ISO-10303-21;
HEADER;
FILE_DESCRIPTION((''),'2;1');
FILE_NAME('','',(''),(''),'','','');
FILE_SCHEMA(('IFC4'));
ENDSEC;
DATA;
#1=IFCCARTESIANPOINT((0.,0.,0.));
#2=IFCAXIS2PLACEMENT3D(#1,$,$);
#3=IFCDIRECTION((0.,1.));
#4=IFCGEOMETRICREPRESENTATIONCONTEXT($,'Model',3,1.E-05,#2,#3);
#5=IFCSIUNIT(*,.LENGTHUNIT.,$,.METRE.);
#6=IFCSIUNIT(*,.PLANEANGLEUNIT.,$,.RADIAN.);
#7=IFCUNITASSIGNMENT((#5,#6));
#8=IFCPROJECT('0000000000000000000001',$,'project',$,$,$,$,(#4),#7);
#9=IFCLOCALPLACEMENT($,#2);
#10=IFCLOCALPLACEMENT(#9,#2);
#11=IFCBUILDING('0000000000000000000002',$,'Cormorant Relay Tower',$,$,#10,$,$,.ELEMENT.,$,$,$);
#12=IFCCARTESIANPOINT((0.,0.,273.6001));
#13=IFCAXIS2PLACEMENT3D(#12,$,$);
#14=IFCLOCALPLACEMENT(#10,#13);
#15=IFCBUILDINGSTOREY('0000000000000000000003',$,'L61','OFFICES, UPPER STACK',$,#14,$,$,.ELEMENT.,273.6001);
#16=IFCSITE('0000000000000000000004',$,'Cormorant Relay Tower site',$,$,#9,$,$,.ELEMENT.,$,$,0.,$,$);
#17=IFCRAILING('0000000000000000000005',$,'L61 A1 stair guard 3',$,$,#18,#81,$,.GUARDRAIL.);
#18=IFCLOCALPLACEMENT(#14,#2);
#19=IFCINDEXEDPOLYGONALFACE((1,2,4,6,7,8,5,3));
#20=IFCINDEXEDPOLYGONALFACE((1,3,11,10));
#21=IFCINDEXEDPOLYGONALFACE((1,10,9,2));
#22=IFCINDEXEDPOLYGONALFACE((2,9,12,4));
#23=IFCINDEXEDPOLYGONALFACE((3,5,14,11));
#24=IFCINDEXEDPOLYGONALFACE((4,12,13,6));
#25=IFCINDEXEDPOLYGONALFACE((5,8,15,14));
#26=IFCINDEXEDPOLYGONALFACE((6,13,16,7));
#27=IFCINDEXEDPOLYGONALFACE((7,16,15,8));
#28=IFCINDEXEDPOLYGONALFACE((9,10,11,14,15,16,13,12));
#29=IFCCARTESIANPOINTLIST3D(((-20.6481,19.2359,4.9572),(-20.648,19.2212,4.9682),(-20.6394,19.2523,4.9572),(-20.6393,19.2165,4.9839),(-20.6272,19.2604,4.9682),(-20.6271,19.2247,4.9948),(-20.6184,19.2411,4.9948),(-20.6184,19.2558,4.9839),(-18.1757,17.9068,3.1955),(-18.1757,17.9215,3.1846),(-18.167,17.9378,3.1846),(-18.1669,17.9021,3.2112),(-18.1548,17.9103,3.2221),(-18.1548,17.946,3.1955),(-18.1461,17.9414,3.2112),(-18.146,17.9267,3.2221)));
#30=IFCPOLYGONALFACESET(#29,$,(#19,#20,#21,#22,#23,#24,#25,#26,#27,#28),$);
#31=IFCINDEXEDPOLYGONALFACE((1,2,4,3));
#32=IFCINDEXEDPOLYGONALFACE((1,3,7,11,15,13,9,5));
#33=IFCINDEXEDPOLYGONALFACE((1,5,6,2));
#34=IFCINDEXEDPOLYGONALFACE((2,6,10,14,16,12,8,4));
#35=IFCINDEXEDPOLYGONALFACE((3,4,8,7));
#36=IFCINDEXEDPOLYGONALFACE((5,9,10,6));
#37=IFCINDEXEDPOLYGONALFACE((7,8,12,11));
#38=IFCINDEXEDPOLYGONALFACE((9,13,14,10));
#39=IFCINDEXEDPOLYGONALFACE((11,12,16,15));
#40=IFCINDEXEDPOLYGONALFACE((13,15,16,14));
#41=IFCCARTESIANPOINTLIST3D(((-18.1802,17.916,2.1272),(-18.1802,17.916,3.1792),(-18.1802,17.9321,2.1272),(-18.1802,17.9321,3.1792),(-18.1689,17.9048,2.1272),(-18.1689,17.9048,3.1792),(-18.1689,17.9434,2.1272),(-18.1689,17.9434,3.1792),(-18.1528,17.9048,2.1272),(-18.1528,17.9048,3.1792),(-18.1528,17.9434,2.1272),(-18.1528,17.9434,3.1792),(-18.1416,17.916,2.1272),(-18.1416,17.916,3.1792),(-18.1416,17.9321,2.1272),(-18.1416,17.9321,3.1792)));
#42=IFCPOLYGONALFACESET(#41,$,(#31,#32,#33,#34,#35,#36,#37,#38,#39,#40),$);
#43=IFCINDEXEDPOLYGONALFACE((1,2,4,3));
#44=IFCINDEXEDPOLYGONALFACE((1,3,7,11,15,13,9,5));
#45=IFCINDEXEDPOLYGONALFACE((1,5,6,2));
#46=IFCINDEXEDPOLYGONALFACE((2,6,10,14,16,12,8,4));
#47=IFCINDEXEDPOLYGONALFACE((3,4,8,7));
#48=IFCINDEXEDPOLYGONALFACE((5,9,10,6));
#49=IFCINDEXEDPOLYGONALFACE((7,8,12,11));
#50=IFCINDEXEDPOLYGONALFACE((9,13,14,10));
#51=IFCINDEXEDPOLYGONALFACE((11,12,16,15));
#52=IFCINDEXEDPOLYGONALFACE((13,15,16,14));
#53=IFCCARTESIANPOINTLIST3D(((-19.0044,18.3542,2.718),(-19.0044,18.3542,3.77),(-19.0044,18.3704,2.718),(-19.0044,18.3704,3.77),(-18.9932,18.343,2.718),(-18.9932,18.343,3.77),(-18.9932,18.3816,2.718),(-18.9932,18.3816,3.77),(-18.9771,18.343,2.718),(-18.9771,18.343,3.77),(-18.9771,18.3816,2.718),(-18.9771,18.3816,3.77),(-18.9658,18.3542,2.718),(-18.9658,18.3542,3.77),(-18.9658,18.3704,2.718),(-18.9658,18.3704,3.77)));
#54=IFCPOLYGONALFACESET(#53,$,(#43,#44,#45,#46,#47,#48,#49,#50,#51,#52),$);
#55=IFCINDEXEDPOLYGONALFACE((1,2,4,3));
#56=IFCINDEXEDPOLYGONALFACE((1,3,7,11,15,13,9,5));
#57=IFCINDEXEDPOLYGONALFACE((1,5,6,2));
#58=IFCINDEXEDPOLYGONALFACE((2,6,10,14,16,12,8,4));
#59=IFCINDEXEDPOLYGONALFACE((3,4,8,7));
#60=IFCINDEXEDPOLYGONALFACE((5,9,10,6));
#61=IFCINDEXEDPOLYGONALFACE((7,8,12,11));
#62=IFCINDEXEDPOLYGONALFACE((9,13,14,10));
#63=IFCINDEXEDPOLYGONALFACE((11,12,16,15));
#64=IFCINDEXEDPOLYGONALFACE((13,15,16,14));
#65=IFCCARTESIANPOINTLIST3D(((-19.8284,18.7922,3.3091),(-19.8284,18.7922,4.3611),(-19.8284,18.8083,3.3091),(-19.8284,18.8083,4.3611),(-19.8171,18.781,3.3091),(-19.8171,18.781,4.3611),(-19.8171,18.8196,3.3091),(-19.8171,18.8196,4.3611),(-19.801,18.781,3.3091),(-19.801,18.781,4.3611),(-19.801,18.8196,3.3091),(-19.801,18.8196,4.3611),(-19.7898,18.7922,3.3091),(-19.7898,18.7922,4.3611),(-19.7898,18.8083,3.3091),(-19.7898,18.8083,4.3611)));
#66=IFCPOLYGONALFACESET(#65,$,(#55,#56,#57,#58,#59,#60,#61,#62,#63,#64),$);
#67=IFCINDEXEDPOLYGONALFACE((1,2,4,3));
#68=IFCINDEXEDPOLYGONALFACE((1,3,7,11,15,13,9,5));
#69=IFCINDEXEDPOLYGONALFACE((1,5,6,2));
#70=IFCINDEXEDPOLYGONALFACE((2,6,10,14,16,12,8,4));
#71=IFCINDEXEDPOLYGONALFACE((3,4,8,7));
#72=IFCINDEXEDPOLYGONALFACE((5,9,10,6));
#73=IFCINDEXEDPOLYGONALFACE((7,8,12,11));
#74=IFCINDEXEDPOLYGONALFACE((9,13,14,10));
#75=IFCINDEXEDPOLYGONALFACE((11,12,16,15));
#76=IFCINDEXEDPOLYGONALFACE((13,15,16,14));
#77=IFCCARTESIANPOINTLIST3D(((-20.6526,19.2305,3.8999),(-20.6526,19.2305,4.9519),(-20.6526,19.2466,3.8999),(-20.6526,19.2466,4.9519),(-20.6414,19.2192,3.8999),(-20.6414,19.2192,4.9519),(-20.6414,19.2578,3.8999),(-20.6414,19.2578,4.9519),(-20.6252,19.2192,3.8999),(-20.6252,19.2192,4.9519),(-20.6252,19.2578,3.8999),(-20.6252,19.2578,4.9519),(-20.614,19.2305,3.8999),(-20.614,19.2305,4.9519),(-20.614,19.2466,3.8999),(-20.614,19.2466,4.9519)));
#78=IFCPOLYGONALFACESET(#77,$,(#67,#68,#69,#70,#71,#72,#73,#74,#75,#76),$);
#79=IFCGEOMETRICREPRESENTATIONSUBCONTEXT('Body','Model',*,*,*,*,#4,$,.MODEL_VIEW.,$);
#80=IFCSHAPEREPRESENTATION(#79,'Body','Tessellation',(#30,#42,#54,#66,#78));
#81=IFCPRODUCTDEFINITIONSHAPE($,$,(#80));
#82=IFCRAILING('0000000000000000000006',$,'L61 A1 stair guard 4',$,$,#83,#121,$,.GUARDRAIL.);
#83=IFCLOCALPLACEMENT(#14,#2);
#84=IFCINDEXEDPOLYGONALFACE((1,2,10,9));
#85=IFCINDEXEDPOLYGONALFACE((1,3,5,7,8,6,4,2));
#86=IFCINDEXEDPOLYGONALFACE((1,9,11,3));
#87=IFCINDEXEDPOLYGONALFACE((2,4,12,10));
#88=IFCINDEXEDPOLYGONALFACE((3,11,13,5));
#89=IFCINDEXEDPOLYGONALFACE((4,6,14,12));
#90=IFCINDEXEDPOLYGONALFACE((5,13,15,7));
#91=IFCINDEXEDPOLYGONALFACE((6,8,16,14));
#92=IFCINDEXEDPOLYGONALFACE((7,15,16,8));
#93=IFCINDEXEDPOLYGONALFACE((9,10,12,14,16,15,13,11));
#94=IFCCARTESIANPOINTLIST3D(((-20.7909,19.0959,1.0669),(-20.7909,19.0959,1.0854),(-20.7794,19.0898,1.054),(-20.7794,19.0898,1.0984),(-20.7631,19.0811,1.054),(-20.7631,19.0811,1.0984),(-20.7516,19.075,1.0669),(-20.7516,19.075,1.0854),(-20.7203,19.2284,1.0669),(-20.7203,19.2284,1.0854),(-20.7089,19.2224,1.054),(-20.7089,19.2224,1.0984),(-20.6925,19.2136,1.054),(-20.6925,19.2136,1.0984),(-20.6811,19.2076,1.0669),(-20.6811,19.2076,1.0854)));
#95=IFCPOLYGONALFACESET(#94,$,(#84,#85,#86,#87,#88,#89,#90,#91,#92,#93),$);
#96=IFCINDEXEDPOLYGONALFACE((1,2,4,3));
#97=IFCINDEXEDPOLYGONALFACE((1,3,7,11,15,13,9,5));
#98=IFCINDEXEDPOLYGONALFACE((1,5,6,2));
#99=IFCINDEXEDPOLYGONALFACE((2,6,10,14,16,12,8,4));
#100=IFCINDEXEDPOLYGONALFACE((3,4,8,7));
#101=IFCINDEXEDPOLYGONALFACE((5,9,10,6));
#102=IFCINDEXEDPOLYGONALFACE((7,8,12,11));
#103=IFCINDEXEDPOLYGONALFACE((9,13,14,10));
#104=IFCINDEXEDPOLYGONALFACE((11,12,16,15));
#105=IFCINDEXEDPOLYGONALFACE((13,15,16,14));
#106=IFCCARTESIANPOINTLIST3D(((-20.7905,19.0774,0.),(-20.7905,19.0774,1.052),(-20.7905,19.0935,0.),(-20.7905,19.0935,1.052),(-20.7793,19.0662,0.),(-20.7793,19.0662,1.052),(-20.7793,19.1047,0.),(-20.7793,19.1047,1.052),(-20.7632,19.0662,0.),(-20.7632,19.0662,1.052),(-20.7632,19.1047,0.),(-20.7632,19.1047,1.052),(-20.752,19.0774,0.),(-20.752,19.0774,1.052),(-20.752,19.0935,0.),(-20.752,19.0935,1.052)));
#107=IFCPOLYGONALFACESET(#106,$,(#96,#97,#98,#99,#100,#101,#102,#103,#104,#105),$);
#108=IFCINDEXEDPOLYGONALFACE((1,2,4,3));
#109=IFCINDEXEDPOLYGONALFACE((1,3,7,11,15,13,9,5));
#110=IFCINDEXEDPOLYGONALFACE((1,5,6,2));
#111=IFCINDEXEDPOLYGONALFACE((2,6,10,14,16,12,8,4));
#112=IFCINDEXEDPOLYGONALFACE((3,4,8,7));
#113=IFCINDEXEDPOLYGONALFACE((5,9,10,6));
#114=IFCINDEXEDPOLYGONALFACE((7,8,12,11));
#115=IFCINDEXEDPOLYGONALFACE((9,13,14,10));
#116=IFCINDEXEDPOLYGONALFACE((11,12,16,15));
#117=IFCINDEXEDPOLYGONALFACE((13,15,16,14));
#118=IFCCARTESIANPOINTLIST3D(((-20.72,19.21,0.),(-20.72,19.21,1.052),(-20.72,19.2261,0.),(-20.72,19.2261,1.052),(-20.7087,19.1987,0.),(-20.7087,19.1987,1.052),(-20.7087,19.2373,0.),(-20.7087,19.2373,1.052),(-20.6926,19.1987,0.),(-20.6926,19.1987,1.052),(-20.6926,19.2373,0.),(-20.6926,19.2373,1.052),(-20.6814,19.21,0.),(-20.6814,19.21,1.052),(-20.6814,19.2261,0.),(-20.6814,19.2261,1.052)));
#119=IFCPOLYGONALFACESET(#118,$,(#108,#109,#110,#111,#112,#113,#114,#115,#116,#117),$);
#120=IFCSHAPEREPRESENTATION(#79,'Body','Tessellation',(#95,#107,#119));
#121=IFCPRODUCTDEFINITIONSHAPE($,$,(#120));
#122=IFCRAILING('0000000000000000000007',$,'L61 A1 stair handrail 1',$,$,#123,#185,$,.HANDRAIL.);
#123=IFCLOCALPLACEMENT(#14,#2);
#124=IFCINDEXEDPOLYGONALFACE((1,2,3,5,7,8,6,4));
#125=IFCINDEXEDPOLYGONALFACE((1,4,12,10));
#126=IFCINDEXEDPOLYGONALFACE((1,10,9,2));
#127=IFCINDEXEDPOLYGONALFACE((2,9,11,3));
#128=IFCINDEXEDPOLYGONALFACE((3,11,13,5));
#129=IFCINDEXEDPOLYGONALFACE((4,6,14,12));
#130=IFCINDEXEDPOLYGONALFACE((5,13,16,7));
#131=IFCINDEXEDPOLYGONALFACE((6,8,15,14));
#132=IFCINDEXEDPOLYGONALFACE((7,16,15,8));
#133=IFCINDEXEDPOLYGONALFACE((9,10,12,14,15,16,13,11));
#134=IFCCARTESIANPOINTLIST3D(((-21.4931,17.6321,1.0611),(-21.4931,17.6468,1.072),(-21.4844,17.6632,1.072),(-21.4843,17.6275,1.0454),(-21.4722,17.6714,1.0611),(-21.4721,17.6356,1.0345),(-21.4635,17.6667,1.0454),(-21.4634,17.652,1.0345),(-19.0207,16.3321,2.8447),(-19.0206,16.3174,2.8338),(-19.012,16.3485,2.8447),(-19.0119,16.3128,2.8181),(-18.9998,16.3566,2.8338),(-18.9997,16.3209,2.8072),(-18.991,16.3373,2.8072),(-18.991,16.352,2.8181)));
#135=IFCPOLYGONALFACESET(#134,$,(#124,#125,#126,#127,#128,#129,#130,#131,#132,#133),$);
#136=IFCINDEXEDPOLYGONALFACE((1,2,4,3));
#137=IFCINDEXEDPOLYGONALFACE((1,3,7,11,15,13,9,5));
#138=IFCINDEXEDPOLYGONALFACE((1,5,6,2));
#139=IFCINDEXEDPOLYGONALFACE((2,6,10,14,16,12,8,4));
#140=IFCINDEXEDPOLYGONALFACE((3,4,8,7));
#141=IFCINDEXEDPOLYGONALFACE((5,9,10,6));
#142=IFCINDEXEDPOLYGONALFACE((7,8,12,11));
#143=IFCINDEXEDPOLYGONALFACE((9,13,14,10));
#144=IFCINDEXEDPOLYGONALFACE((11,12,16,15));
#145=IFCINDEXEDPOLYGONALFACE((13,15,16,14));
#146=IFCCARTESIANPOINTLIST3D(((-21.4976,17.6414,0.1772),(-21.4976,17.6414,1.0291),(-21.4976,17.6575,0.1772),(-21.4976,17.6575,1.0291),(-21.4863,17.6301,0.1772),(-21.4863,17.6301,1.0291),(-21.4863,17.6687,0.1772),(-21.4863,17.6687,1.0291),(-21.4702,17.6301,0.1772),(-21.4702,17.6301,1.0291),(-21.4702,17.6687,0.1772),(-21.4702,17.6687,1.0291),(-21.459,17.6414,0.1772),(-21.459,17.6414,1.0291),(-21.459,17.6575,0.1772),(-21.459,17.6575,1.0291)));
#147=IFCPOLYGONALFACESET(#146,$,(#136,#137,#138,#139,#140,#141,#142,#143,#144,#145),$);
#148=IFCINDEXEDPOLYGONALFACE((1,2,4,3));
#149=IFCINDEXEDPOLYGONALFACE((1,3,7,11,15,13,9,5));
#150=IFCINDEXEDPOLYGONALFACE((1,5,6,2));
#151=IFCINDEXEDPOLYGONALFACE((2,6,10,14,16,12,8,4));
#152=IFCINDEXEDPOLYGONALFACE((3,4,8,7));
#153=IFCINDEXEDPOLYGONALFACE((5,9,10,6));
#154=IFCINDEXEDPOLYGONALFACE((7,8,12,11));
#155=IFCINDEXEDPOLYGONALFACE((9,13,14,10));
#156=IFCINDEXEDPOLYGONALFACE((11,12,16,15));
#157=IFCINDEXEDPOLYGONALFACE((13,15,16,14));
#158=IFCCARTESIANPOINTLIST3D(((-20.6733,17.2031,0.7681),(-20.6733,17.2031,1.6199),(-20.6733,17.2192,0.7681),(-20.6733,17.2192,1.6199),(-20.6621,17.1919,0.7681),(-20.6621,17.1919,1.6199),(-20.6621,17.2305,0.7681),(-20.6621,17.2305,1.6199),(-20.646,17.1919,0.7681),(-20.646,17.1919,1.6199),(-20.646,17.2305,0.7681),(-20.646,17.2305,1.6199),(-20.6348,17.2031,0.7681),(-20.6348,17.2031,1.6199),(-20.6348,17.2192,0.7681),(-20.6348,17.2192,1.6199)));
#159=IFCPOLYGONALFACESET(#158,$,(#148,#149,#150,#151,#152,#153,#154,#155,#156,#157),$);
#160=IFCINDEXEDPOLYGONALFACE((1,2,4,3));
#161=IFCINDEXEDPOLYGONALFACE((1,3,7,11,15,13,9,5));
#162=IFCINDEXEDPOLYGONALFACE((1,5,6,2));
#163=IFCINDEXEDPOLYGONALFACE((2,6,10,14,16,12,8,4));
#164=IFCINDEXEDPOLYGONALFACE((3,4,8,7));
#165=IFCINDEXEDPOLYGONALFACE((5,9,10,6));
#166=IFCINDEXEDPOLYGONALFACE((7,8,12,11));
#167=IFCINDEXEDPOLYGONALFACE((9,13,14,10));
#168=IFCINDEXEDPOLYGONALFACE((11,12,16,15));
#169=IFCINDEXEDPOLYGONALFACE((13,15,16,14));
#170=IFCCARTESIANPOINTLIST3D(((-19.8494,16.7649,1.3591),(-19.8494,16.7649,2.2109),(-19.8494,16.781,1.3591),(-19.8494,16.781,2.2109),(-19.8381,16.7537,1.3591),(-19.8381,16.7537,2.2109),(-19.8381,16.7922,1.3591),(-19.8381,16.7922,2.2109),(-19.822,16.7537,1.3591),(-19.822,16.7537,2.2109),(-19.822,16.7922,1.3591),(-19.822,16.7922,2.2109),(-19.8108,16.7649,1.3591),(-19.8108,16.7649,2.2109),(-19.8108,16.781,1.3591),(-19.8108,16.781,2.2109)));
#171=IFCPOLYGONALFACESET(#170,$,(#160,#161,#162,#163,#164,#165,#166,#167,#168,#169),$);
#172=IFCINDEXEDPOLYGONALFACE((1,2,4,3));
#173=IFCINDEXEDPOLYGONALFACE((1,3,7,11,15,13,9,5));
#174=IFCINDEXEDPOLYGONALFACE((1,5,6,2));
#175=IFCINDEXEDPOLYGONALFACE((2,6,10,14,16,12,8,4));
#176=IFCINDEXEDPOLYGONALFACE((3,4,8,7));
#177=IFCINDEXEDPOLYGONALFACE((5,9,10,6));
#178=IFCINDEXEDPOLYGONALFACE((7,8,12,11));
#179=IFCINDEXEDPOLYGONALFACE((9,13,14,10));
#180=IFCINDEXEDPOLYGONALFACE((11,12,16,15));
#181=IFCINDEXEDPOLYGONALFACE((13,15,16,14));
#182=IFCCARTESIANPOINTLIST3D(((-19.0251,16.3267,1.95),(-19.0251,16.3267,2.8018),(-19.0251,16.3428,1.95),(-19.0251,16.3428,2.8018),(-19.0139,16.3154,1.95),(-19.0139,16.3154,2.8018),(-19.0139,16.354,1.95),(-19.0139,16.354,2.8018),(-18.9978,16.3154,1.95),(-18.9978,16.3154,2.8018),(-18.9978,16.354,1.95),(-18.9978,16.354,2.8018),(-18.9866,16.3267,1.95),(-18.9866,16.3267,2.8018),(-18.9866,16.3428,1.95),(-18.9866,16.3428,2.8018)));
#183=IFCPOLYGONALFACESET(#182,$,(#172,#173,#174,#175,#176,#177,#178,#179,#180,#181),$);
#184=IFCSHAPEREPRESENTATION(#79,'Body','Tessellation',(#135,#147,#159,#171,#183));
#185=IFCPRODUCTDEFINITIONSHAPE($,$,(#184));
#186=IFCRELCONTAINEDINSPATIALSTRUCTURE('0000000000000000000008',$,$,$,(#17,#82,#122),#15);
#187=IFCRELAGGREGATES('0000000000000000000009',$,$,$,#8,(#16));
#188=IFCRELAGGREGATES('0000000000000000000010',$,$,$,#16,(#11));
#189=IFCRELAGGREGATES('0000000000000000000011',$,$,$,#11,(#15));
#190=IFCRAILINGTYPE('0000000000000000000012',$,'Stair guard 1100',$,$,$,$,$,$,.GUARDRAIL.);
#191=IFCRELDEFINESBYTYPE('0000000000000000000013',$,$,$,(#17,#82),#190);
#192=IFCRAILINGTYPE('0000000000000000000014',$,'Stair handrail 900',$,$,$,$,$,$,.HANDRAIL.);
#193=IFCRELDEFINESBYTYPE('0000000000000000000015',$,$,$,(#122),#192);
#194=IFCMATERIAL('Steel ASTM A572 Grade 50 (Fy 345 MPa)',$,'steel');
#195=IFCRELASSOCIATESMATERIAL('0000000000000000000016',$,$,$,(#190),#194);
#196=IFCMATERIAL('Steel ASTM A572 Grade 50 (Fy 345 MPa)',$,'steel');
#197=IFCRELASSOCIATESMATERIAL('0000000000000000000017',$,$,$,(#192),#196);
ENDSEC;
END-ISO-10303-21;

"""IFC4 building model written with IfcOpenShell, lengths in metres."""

from ifc_helpers import new_model, si_unit, direction, frame, origin, place, context, subcontext, project, spatial, polyline, outline, extrude, material, type_object, element, save


model = new_model("IFC4")

# Units and contexts
model_context = context("Model", 3, precision=1e-05, world=origin(), true_north=direction((0.0, 1.0)))
body_context = subcontext(model_context, "Body", "Model", "MODEL_VIEW")
ifc_project = project(units=[si_unit("LENGTHUNIT", "METRE"), si_unit("PLANEANGLEUNIT", "RADIAN")], contexts=[model_context])

# Site, building, storey
site_placement = place(None, origin())
site = spatial("IfcSite", under=ifc_project, at=site_placement, Name="Cormorant Relay Tower site", CompositionType="ELEMENT", RefElevation=0.0)
building_placement = place(site_placement, origin())
building = spatial("IfcBuilding", under=site, at=building_placement, Name="Cormorant Relay Tower", CompositionType="ELEMENT")
storey_placement = place(building_placement, frame((0.0, 0.0, 273.6001)))
storey = spatial("IfcBuildingStorey", under=building, at=storey_placement, Name="L61", Description="OFFICES, UPPER STACK", CompositionType="ELEMENT", Elevation=273.6001)

# Railings
ifc_material_1 = material(Name="Steel ASTM A572 Grade 50 (Fy 345 MPa)", Category="steel")
railing_type_1 = type_object("IfcRailingType", Name="Stair guard 1100", PredefinedType="GUARDRAIL", material=ifc_material_1)
railing_1_placement = place(storey_placement, frame((-18.1609, 17.9241, 2.1272)))
element("IfcRailing", 1, at=railing_1_placement, inside=storey, type_object=railing_type_1, Name="L61 A1 stair guard 3", PredefinedType="GUARDRAIL", context=body_context, shape_type="SweptSolid", body=[
    extrude(outline(polyline([(0.0222, 0.0093), (0.0093, 0.0222), (-0.0093, 0.0222), (-0.0222, 0.0093), (-0.0222, -0.0093), (-0.0093, -0.0222), (0.0093, -0.0222), (0.0222, -0.0093), (0.0222, 0.0093)])), frame((0.0, 0.0, 1.0762), z_axis=(-0.746034, 0.396627, 0.534902), x_axis=(-0.469429, -0.88297, 0.0)), (0.0, 0.0, 1.0), 3.314),
    extrude(outline(polyline([(0.0193, 0.0081), (0.0081, 0.0193), (-0.0081, 0.0193), (-0.0193, 0.0081), (-0.0193, -0.0081), (-0.0081, -0.0193), (0.0081, -0.0193), (0.0193, -0.0081), (0.0193, 0.0081)])), origin(), (0.0, 0.0, 1.0), 1.052),
    extrude(outline(polyline([(0.0193, 0.0081), (0.0081, 0.0193), (-0.0081, 0.0193), (-0.0193, 0.0081), (-0.0193, -0.0081), (-0.0081, -0.0193), (0.0081, -0.0193), (0.0193, -0.0081), (0.0193, 0.0081)])), frame((-0.8242, 0.4382, 0.5908)), (0.0, 0.0, 1.0), 1.052),
    extrude(outline(polyline([(0.0193, 0.0081), (0.0081, 0.0193), (-0.0081, 0.0193), (-0.0193, 0.0081), (-0.0193, -0.0081), (-0.0081, -0.0193), (0.0081, -0.0193), (0.0193, -0.0081), (0.0193, 0.0081)])), frame((-1.6482, 0.8762, 1.1819)), (0.0, 0.0, 1.0), 1.052),
    extrude(outline(polyline([(0.0193, 0.0081), (0.0081, 0.0193), (-0.0081, 0.0193), (-0.0193, 0.0081), (-0.0193, -0.0081), (-0.0081, -0.0193), (0.0081, -0.0193), (0.0193, -0.0081), (0.0193, 0.0081)])), frame((-2.4724, 1.3145, 1.7727)), (0.0, 0.0, 1.0), 1.052),
])
railing_2_placement = place(storey_placement, frame((-20.7712, 19.0854, 0.0)))
element("IfcRailing", 2, at=railing_2_placement, inside=storey, type_object=railing_type_1, Name="L61 A1 stair guard 4", PredefinedType="GUARDRAIL", context=body_context, shape_type="SweptSolid", body=[
    extrude(outline(polyline([(0.0222, 0.0093), (0.0093, 0.0222), (-0.0093, 0.0222), (-0.0222, 0.0093), (-0.0222, -0.0093), (-0.0093, -0.0222), (0.0093, -0.0222), (0.0222, -0.0093), (0.0222, 0.0093)])), frame((0.0, 0.0, 1.0762), z_axis=(0.469829, 0.882758, 0.0), x_axis=(-0.882758, 0.469829, 0.0)), (0.0, 0.0, 1.0), 0.1501),
    extrude(outline(polyline([(0.0193, 0.0081), (0.0081, 0.0193), (-0.0081, 0.0193), (-0.0193, 0.0081), (-0.0193, -0.0081), (-0.0081, -0.0193), (0.0081, -0.0193), (0.0193, -0.0081), (0.0193, 0.0081)])), origin(), (0.0, 0.0, 1.0), 1.052),
    extrude(outline(polyline([(0.0193, 0.0081), (0.0081, 0.0193), (-0.0081, 0.0193), (-0.0193, 0.0081), (-0.0193, -0.0081), (-0.0081, -0.0193), (0.0081, -0.0193), (0.0193, -0.0081), (0.0193, 0.0081)])), frame((0.0706, 0.1326, 0.0)), (0.0, 0.0, 1.0), 1.052),
])
ifc_material_2 = material(Name="Steel ASTM A572 Grade 50 (Fy 345 MPa)", Category="steel")
railing_type_2 = type_object("IfcRailingType", Name="Stair handrail 900", PredefinedType="HANDRAIL", material=ifc_material_2)
railing_3_placement = place(storey_placement, frame((-21.4783, 17.6494, 0.1772)))
element("IfcRailing", 3, at=railing_3_placement, inside=storey, type_object=railing_type_2, Name="L61 A1 stair handrail 1", PredefinedType="HANDRAIL", context=body_context, shape_type="SweptSolid", body=[
    extrude(outline(polyline([(0.0222, 0.0093), (0.0093, 0.0222), (-0.0093, 0.0222), (-0.0222, 0.0093), (-0.0222, -0.0093), (-0.0093, -0.0222), (0.0093, -0.0222), (0.0222, -0.0093), (0.0222, 0.0093)])), frame((0.0, 0.0, 0.876), z_axis=(0.746012, -0.39669, 0.534886), x_axis=(0.469497, 0.882934, 0.0)), (0.0, 0.0, 1.0), 3.3142),
    extrude(outline(polyline([(0.0193, 0.0081), (0.0081, 0.0193), (-0.0081, 0.0193), (-0.0193, 0.0081), (-0.0193, -0.0081), (-0.0081, -0.0193), (0.0081, -0.0193), (0.0193, -0.0081), (0.0193, 0.0081)])), origin(), (0.0, 0.0, 1.0), 0.8518),
    extrude(outline(polyline([(0.0193, 0.0081), (0.0081, 0.0193), (-0.0081, 0.0193), (-0.0193, 0.0081), (-0.0193, -0.0081), (-0.0081, -0.0193), (0.0081, -0.0193), (0.0193, -0.0081), (0.0193, 0.0081)])), frame((0.8242, -0.4382, 0.5908)), (0.0, 0.0, 1.0), 0.8518),
    extrude(outline(polyline([(0.0193, 0.0081), (0.0081, 0.0193), (-0.0081, 0.0193), (-0.0193, 0.0081), (-0.0193, -0.0081), (-0.0081, -0.0193), (0.0081, -0.0193), (0.0193, -0.0081), (0.0193, 0.0081)])), frame((1.6482, -0.8765, 1.1819)), (0.0, 0.0, 1.0), 0.8518),
    extrude(outline(polyline([(0.0193, 0.0081), (0.0081, 0.0193), (-0.0081, 0.0193), (-0.0193, 0.0081), (-0.0193, -0.0081), (-0.0081, -0.0193), (0.0081, -0.0193), (0.0193, -0.0081), (0.0193, 0.0081)])), frame((2.4724, -1.3147, 1.7727)), (0.0, 0.0, 1.0), 0.8518),
])

save(model, "model.ifc")
